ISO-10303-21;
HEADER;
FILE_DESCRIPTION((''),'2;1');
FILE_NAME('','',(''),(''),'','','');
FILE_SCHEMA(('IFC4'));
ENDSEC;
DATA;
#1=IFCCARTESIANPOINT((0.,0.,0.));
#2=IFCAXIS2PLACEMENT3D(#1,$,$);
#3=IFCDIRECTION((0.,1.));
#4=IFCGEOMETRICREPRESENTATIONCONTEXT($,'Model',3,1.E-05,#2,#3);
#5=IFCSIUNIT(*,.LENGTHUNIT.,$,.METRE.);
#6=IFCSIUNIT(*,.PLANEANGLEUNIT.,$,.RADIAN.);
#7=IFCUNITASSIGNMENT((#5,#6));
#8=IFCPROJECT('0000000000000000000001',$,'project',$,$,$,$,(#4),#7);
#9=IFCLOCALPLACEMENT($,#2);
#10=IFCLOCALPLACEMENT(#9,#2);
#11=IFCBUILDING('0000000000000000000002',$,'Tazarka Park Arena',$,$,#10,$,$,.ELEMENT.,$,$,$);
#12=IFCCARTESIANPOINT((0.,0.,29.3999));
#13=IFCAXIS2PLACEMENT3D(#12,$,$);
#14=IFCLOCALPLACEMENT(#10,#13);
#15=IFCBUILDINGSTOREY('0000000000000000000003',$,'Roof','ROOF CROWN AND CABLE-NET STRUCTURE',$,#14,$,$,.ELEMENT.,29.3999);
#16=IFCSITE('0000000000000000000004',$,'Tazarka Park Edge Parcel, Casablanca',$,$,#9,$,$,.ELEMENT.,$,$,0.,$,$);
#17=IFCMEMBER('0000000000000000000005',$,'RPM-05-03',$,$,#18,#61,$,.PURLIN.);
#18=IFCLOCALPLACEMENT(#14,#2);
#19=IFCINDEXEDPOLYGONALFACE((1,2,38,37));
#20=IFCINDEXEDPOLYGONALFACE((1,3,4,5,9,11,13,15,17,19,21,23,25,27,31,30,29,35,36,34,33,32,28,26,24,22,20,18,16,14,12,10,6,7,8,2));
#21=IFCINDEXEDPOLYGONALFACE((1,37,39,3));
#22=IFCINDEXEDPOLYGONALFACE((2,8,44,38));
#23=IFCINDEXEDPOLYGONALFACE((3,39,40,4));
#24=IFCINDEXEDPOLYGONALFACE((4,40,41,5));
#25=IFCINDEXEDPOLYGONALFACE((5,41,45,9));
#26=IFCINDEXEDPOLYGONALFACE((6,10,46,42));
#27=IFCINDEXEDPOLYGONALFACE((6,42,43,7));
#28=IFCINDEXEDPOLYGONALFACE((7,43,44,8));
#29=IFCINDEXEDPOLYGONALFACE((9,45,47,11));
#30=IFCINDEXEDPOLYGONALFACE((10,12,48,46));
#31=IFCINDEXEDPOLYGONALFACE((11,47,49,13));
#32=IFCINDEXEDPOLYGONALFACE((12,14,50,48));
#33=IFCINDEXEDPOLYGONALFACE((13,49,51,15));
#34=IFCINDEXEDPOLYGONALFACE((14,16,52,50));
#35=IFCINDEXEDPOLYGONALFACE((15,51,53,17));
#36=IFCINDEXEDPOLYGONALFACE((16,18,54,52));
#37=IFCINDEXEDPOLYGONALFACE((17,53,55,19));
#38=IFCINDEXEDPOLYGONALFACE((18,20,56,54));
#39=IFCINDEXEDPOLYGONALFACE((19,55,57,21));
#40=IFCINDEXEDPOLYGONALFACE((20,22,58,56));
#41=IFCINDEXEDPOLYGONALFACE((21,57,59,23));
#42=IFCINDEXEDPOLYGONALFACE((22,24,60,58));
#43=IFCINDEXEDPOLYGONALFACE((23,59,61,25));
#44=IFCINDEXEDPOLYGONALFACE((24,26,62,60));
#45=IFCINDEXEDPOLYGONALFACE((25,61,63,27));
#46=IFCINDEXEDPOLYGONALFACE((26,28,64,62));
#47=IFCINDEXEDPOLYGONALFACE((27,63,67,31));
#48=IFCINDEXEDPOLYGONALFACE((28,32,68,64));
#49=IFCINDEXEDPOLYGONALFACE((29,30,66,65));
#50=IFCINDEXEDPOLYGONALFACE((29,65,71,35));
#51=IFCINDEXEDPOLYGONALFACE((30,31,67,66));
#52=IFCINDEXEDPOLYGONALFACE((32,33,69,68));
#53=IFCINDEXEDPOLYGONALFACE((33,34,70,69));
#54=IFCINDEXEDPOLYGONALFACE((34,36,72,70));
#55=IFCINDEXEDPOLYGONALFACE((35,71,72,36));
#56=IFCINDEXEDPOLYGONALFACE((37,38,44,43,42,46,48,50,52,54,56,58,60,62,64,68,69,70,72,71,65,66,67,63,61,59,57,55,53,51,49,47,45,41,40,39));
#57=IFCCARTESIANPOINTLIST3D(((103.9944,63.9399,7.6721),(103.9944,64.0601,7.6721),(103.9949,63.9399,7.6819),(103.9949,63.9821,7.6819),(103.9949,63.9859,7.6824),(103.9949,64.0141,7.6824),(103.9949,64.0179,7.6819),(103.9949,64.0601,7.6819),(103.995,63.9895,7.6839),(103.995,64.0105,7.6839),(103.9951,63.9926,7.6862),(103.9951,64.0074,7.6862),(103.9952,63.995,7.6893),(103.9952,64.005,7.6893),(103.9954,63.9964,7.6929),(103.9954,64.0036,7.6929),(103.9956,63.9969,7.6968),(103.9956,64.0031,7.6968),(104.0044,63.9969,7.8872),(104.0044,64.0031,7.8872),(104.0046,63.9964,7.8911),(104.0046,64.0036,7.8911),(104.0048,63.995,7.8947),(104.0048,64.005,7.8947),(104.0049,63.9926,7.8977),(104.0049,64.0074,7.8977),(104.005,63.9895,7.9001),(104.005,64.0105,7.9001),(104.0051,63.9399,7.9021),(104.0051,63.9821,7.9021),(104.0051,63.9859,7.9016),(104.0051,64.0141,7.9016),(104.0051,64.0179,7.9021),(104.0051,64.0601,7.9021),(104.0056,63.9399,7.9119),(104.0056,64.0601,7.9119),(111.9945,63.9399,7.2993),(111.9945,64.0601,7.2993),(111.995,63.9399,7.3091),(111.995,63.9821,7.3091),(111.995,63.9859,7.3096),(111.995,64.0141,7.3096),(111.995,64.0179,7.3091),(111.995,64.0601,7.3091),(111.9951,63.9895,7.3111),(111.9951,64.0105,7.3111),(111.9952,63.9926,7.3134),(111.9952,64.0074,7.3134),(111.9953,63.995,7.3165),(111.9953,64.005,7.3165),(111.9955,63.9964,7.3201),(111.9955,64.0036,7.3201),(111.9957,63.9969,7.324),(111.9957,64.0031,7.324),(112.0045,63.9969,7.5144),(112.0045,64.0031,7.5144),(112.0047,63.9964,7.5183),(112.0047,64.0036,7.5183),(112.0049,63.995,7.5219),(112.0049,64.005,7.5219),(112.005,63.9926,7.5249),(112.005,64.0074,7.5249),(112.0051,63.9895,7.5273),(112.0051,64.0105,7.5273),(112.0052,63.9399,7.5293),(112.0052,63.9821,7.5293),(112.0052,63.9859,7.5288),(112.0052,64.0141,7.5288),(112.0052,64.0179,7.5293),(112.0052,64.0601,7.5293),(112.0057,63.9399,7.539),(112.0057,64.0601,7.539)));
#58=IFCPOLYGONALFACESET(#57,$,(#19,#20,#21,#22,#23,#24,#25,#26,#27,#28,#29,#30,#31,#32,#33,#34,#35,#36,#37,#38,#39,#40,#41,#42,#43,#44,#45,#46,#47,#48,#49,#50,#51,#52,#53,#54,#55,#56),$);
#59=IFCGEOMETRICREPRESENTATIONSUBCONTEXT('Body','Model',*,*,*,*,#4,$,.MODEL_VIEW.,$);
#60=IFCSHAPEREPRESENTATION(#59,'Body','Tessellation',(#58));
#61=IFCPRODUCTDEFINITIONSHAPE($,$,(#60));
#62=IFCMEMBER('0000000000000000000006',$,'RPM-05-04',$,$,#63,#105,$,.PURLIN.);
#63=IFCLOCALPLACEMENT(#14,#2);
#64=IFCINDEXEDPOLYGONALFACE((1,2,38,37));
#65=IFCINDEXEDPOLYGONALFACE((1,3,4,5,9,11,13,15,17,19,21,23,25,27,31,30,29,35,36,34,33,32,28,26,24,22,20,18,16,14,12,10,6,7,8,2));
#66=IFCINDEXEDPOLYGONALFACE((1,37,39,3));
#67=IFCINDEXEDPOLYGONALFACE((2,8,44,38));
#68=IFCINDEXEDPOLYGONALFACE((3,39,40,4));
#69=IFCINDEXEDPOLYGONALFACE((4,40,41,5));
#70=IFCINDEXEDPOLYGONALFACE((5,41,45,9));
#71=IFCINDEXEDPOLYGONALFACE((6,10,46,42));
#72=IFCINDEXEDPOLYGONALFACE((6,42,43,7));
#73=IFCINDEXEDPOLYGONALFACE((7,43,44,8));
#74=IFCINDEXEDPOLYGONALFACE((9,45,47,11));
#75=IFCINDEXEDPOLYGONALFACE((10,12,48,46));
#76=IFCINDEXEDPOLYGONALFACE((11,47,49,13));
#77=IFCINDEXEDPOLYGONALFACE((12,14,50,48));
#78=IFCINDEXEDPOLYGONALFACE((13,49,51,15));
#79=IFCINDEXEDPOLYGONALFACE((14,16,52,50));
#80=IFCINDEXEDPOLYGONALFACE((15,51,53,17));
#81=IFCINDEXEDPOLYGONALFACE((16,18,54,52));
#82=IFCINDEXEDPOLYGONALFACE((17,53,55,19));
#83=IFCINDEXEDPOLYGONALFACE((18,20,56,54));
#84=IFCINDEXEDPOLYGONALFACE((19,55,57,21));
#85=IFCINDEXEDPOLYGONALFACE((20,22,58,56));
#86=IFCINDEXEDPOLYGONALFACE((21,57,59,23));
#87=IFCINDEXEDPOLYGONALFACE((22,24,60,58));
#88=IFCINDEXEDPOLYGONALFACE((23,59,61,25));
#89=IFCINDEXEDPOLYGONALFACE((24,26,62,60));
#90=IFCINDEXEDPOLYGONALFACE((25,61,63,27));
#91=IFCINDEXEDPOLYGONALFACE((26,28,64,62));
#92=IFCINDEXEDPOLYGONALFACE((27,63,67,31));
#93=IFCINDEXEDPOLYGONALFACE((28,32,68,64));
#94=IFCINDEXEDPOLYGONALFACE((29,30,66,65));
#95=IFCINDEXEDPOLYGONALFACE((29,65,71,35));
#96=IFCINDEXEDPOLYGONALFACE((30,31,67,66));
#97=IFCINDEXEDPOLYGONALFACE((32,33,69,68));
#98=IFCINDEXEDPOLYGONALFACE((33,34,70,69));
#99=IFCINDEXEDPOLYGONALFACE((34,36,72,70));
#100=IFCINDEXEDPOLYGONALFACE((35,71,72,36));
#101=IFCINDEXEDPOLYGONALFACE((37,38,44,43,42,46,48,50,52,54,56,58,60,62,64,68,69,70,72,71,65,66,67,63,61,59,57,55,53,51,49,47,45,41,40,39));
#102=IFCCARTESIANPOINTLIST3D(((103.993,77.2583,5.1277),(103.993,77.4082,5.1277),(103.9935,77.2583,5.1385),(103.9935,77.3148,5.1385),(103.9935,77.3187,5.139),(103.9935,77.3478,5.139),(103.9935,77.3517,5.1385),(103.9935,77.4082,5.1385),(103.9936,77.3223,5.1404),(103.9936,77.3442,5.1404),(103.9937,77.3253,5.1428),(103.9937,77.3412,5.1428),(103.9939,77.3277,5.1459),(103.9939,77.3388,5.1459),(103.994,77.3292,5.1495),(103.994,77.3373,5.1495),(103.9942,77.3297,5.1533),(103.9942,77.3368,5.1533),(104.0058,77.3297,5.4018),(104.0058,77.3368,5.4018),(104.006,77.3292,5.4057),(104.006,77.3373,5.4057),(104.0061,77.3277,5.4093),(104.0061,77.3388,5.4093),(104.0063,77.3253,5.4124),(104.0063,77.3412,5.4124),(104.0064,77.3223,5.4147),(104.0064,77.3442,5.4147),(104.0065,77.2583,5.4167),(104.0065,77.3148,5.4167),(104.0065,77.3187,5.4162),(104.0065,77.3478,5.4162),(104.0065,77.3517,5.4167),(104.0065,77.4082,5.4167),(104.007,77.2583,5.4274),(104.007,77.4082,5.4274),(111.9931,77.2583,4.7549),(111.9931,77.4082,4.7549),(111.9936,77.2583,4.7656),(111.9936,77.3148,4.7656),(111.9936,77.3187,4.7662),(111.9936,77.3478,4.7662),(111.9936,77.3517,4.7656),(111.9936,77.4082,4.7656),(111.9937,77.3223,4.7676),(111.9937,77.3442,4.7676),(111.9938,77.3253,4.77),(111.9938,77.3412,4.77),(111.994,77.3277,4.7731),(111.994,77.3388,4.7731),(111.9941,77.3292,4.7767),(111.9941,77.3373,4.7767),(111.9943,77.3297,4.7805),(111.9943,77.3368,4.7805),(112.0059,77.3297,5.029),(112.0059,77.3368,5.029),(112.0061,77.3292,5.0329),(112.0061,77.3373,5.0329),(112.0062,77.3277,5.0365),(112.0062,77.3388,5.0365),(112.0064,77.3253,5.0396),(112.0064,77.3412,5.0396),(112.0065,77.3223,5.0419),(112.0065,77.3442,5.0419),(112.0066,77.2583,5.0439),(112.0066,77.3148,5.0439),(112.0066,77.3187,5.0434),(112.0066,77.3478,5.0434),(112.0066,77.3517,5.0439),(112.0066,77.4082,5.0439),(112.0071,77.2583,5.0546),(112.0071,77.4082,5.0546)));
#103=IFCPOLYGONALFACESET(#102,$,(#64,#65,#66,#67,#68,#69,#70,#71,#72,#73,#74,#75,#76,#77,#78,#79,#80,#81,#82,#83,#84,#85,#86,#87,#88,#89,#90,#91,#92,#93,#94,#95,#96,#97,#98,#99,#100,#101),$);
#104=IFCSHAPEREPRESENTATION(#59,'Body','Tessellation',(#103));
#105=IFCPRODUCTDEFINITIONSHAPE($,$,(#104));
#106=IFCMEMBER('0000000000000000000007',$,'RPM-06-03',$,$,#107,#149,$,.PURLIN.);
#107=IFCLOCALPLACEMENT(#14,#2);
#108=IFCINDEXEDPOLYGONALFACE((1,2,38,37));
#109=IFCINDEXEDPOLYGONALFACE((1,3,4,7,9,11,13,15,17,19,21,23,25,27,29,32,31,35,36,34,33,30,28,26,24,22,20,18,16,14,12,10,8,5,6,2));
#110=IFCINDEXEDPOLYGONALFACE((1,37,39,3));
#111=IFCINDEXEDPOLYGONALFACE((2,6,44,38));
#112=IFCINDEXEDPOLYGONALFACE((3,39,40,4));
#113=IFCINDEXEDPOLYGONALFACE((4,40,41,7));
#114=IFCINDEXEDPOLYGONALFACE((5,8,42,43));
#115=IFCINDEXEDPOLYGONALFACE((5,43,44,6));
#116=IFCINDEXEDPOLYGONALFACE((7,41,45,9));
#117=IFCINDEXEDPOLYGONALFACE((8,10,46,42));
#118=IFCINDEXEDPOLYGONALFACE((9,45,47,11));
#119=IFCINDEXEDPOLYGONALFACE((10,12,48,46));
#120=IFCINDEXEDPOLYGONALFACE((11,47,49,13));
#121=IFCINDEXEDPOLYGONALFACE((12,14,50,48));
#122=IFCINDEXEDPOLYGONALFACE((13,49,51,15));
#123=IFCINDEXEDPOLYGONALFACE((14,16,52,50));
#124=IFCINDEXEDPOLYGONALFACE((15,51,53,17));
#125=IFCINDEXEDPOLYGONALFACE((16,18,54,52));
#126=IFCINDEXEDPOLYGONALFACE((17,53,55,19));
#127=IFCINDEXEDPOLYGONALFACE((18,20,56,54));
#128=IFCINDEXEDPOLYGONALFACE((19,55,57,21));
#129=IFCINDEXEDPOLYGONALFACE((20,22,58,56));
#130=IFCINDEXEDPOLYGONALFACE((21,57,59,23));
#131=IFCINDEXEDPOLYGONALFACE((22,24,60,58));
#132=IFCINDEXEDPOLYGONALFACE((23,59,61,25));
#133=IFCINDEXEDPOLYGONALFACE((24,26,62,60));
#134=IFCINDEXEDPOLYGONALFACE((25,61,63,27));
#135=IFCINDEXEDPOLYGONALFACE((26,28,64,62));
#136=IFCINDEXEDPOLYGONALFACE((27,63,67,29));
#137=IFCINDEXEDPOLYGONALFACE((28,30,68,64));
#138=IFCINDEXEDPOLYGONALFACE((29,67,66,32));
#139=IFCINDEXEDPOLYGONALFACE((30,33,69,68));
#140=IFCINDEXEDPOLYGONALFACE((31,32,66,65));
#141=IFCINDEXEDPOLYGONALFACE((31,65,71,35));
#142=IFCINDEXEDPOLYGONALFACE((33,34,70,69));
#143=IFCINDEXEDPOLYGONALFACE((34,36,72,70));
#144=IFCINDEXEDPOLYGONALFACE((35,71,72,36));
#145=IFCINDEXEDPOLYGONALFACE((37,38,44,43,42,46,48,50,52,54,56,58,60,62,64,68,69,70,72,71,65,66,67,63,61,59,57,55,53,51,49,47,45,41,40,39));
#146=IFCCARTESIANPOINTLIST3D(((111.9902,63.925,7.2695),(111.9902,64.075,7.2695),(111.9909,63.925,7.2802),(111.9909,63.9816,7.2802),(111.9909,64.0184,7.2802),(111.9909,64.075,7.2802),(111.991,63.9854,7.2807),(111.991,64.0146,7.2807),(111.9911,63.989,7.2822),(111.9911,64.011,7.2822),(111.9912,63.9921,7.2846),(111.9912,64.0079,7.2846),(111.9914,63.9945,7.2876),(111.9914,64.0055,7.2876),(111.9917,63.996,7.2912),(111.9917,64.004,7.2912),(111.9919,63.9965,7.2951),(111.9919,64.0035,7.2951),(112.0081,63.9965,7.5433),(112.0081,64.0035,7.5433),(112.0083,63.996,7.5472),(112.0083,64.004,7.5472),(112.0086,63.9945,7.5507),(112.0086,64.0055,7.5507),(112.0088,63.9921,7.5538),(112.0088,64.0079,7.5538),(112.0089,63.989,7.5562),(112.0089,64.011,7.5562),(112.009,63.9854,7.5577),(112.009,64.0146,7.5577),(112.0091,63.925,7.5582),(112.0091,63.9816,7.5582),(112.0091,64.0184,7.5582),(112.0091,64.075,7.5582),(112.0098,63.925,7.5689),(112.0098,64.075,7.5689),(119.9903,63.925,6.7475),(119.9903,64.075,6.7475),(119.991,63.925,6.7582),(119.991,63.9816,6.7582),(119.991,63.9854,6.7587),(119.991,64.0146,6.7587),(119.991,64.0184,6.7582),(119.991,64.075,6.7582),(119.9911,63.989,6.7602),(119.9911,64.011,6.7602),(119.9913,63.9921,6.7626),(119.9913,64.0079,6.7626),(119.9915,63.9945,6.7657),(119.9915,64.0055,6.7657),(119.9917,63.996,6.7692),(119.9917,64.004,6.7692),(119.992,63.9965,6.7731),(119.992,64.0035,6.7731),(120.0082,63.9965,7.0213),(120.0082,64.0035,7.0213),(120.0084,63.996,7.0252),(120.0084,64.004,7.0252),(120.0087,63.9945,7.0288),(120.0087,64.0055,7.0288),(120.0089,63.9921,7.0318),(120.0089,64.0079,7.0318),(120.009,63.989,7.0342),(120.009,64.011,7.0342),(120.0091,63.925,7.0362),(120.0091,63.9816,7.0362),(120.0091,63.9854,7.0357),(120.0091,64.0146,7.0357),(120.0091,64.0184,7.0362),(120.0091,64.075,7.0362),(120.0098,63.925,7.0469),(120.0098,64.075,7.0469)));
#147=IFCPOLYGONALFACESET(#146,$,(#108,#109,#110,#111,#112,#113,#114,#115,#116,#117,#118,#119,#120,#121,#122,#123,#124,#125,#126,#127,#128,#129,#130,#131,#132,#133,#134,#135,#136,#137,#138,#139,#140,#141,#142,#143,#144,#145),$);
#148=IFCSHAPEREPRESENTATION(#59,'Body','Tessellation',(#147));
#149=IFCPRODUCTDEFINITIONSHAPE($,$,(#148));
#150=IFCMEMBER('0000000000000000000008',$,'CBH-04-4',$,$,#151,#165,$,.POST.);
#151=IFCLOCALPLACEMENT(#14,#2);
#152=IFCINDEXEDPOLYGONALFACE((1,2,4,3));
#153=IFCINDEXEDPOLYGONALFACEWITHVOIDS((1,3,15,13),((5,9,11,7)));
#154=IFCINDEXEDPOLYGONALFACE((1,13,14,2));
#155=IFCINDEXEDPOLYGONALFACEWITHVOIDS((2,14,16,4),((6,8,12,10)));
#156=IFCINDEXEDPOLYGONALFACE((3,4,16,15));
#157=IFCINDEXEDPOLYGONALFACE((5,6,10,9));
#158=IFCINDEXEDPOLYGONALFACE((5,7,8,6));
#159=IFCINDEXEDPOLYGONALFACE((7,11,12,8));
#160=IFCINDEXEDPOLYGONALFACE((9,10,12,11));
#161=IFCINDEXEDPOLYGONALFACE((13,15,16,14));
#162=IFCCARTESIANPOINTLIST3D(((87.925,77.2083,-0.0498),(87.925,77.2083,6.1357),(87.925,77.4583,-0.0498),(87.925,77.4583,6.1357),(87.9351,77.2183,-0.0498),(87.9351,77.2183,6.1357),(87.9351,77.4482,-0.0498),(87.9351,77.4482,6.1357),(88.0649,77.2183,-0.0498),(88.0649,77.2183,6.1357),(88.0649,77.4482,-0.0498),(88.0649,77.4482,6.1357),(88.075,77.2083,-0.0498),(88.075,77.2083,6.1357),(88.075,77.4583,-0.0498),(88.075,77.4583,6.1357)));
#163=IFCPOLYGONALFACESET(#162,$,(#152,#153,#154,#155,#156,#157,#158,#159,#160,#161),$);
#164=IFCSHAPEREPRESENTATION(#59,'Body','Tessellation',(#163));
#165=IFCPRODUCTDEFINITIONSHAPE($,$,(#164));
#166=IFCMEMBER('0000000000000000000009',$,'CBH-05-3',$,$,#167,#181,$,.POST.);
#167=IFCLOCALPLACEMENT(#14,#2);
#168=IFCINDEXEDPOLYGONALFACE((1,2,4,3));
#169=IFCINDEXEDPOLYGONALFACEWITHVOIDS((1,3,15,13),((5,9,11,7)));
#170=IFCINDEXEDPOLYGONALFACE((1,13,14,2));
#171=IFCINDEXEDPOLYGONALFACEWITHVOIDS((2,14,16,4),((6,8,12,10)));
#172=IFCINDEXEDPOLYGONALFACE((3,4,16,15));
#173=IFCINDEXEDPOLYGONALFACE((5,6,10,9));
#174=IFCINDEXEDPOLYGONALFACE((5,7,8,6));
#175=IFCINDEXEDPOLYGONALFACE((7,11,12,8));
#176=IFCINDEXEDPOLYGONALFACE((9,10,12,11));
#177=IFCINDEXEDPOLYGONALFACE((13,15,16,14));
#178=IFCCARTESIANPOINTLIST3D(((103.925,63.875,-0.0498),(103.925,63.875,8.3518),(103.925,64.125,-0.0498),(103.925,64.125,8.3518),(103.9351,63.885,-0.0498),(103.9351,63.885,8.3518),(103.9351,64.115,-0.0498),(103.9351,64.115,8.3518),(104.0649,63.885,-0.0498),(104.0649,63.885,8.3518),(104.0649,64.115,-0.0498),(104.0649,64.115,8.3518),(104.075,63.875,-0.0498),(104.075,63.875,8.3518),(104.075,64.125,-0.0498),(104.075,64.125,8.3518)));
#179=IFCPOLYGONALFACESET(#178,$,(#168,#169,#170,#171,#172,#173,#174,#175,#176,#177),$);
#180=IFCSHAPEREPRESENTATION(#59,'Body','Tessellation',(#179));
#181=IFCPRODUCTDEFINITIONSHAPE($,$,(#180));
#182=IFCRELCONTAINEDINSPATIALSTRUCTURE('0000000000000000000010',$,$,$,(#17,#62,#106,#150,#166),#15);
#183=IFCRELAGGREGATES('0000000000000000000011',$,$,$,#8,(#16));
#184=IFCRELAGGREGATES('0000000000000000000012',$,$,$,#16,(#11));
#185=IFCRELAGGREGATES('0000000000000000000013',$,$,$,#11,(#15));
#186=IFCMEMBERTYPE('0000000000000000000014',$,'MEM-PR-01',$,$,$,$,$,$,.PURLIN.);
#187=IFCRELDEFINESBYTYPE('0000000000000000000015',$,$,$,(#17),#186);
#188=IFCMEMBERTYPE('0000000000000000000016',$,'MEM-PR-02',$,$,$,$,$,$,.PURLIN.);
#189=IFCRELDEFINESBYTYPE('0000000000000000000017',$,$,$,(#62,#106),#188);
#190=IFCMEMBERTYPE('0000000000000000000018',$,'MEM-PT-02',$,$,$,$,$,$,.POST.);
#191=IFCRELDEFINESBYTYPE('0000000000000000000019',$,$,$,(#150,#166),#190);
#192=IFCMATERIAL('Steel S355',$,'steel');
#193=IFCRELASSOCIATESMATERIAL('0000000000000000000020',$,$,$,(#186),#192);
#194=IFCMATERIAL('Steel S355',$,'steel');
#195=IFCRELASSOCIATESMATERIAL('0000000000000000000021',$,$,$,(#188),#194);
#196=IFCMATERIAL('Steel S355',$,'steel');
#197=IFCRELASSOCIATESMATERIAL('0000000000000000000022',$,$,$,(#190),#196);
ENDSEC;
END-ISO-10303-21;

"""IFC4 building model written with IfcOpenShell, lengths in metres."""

from ifc_helpers import new_model, si_unit, direction, frame, origin, origin_2d, place, context, subcontext, project, spatial, hollow_rectangle, i_section, extrude, material, material_profile, profile_set, type_object, element, save


model = new_model("IFC4")

# Units and contexts
model_context = context("Model", 3, precision=1e-05, world=origin(), true_north=direction((0.0, 1.0)))
body_context = subcontext(model_context, "Body", "Model", "MODEL_VIEW")
ifc_project = project(units=[si_unit("LENGTHUNIT", "METRE"), si_unit("PLANEANGLEUNIT", "RADIAN")], contexts=[model_context])

# Site, building, storey
site_placement = place(None, origin())
site = spatial("IfcSite", under=ifc_project, at=site_placement, Name="Tazarka Park Edge Parcel, Casablanca", CompositionType="ELEMENT", RefElevation=0.0)
building_placement = place(site_placement, origin())
building = spatial("IfcBuilding", under=site, at=building_placement, Name="Tazarka Park Arena", CompositionType="ELEMENT")
storey_placement = place(building_placement, frame((0.0, 0.0, 29.3999)))
storey = spatial("IfcBuildingStorey", under=building, at=storey_placement, Name="Roof", Description="ROOF CROWN AND CABLE-NET STRUCTURE", CompositionType="ELEMENT", Elevation=29.3999)

# Members
ifc_material_1 = material(Name="Steel S355", Category="steel")
ifc_material_profile_1 = material_profile(ifc_material_1, i_section(OverallWidth=0.1201, OverallDepth=0.24, WebThickness=0.0061, FlangeThickness=0.0098, FilletRadius=0.0149, at=origin_2d()), Name="Steel S355")
ifc_profile_set_1 = profile_set([ifc_material_profile_1], Name="Steel S355")
member_type_1 = type_object("IfcMemberType", Name="MEM-PR-01", PredefinedType="PURLIN", material=ifc_profile_set_1)
member_1_placement = place(storey_placement, frame((104.0, 64.0, 7.792), z_axis=(0.998916, 0.0, -0.04655), x_axis=(0.0, 1.0, 0.0)))
element("IfcMember", 1, at=member_1_placement, inside=storey, type_object=member_type_1, Name="RPM-05-03", PredefinedType="PURLIN", context=body_context, shape_type="SweptSolid", body=[
    extrude(i_section(OverallWidth=0.1201, OverallDepth=0.24, WebThickness=0.0061, FlangeThickness=0.0098, FilletRadius=0.0149, at=origin_2d()), origin(), (0.0, 0.0, 1.0), 8.0088),
])
ifc_material_2 = material(Name="Steel S355", Category="steel")
ifc_material_profile_2 = material_profile(ifc_material_2, i_section(OverallWidth=0.1499, OverallDepth=0.3, WebThickness=0.0071, FlangeThickness=0.0107, FilletRadius=0.0149, at=origin_2d()), Name="Steel S355")
ifc_profile_set_2 = profile_set([ifc_material_profile_2], Name="Steel S355")
member_type_2 = type_object("IfcMemberType", Name="MEM-PR-02", PredefinedType="PURLIN", material=ifc_profile_set_2)
member_2_placement = place(storey_placement, frame((104.0, 77.3333, 5.2776), z_axis=(0.998916, 0.0, -0.04655), x_axis=(0.0, 1.0, 0.0)))
element("IfcMember", 2, at=member_2_placement, inside=storey, type_object=member_type_2, Name="RPM-05-04", PredefinedType="PURLIN", context=body_context, shape_type="SweptSolid", body=[
    extrude(i_section(OverallWidth=0.1499, OverallDepth=0.3, WebThickness=0.0071, FlangeThickness=0.0107, FilletRadius=0.0149, at=origin_2d()), origin(), (0.0, 0.0, 1.0), 8.0088),
])
member_3_placement = place(storey_placement, frame((112.0, 64.0, 7.4192), z_axis=(0.997878, 0.0, -0.065108), x_axis=(0.0, 1.0, 0.0)))
element("IfcMember", 3, at=member_3_placement, inside=storey, type_object=member_type_2, Name="RPM-06-03", PredefinedType="PURLIN", context=body_context, shape_type="SweptSolid", body=[
    extrude(i_section(OverallWidth=0.1499, OverallDepth=0.3, WebThickness=0.0071, FlangeThickness=0.0107, FilletRadius=0.0149, at=origin_2d()), origin(), (0.0, 0.0, 1.0), 8.0171),
])
ifc_material_3 = material(Name="Steel S355", Category="steel")
ifc_material_profile_3 = material_profile(ifc_material_3, hollow_rectangle(XDim=0.1499, YDim=0.25, WallThickness=0.01, at=origin_2d()), Name="Steel S355")
ifc_profile_set_3 = profile_set([ifc_material_profile_3], Name="Steel S355")
member_type_3 = type_object("IfcMemberType", Name="MEM-PT-02", PredefinedType="POST", material=ifc_profile_set_3)
member_4_placement = place(storey_placement, frame((88.0, 77.3333, -0.0498), z_axis=(0.0, 0.0, 1.0), x_axis=(1.0, 0.0, 0.0)))
element("IfcMember", 4, at=member_4_placement, inside=storey, type_object=member_type_3, Name="CBH-04-4", PredefinedType="POST", context=body_context, shape_type="SweptSolid", body=[
    extrude(hollow_rectangle(XDim=0.1499, YDim=0.25, WallThickness=0.01, at=origin_2d()), origin(), (0.0, 0.0, 1.0), 6.1855),
])
member_5_placement = place(storey_placement, frame((104.0, 64.0, -0.0498), z_axis=(0.0, 0.0, 1.0), x_axis=(1.0, 0.0, 0.0)))
element("IfcMember", 5, at=member_5_placement, inside=storey, type_object=member_type_3, Name="CBH-05-3", PredefinedType="POST", context=body_context, shape_type="SweptSolid", body=[
    extrude(hollow_rectangle(XDim=0.1499, YDim=0.25, WallThickness=0.01, at=origin_2d()), origin(), (0.0, 0.0, 1.0), 8.4016),
])

save(model, "model.ifc")
